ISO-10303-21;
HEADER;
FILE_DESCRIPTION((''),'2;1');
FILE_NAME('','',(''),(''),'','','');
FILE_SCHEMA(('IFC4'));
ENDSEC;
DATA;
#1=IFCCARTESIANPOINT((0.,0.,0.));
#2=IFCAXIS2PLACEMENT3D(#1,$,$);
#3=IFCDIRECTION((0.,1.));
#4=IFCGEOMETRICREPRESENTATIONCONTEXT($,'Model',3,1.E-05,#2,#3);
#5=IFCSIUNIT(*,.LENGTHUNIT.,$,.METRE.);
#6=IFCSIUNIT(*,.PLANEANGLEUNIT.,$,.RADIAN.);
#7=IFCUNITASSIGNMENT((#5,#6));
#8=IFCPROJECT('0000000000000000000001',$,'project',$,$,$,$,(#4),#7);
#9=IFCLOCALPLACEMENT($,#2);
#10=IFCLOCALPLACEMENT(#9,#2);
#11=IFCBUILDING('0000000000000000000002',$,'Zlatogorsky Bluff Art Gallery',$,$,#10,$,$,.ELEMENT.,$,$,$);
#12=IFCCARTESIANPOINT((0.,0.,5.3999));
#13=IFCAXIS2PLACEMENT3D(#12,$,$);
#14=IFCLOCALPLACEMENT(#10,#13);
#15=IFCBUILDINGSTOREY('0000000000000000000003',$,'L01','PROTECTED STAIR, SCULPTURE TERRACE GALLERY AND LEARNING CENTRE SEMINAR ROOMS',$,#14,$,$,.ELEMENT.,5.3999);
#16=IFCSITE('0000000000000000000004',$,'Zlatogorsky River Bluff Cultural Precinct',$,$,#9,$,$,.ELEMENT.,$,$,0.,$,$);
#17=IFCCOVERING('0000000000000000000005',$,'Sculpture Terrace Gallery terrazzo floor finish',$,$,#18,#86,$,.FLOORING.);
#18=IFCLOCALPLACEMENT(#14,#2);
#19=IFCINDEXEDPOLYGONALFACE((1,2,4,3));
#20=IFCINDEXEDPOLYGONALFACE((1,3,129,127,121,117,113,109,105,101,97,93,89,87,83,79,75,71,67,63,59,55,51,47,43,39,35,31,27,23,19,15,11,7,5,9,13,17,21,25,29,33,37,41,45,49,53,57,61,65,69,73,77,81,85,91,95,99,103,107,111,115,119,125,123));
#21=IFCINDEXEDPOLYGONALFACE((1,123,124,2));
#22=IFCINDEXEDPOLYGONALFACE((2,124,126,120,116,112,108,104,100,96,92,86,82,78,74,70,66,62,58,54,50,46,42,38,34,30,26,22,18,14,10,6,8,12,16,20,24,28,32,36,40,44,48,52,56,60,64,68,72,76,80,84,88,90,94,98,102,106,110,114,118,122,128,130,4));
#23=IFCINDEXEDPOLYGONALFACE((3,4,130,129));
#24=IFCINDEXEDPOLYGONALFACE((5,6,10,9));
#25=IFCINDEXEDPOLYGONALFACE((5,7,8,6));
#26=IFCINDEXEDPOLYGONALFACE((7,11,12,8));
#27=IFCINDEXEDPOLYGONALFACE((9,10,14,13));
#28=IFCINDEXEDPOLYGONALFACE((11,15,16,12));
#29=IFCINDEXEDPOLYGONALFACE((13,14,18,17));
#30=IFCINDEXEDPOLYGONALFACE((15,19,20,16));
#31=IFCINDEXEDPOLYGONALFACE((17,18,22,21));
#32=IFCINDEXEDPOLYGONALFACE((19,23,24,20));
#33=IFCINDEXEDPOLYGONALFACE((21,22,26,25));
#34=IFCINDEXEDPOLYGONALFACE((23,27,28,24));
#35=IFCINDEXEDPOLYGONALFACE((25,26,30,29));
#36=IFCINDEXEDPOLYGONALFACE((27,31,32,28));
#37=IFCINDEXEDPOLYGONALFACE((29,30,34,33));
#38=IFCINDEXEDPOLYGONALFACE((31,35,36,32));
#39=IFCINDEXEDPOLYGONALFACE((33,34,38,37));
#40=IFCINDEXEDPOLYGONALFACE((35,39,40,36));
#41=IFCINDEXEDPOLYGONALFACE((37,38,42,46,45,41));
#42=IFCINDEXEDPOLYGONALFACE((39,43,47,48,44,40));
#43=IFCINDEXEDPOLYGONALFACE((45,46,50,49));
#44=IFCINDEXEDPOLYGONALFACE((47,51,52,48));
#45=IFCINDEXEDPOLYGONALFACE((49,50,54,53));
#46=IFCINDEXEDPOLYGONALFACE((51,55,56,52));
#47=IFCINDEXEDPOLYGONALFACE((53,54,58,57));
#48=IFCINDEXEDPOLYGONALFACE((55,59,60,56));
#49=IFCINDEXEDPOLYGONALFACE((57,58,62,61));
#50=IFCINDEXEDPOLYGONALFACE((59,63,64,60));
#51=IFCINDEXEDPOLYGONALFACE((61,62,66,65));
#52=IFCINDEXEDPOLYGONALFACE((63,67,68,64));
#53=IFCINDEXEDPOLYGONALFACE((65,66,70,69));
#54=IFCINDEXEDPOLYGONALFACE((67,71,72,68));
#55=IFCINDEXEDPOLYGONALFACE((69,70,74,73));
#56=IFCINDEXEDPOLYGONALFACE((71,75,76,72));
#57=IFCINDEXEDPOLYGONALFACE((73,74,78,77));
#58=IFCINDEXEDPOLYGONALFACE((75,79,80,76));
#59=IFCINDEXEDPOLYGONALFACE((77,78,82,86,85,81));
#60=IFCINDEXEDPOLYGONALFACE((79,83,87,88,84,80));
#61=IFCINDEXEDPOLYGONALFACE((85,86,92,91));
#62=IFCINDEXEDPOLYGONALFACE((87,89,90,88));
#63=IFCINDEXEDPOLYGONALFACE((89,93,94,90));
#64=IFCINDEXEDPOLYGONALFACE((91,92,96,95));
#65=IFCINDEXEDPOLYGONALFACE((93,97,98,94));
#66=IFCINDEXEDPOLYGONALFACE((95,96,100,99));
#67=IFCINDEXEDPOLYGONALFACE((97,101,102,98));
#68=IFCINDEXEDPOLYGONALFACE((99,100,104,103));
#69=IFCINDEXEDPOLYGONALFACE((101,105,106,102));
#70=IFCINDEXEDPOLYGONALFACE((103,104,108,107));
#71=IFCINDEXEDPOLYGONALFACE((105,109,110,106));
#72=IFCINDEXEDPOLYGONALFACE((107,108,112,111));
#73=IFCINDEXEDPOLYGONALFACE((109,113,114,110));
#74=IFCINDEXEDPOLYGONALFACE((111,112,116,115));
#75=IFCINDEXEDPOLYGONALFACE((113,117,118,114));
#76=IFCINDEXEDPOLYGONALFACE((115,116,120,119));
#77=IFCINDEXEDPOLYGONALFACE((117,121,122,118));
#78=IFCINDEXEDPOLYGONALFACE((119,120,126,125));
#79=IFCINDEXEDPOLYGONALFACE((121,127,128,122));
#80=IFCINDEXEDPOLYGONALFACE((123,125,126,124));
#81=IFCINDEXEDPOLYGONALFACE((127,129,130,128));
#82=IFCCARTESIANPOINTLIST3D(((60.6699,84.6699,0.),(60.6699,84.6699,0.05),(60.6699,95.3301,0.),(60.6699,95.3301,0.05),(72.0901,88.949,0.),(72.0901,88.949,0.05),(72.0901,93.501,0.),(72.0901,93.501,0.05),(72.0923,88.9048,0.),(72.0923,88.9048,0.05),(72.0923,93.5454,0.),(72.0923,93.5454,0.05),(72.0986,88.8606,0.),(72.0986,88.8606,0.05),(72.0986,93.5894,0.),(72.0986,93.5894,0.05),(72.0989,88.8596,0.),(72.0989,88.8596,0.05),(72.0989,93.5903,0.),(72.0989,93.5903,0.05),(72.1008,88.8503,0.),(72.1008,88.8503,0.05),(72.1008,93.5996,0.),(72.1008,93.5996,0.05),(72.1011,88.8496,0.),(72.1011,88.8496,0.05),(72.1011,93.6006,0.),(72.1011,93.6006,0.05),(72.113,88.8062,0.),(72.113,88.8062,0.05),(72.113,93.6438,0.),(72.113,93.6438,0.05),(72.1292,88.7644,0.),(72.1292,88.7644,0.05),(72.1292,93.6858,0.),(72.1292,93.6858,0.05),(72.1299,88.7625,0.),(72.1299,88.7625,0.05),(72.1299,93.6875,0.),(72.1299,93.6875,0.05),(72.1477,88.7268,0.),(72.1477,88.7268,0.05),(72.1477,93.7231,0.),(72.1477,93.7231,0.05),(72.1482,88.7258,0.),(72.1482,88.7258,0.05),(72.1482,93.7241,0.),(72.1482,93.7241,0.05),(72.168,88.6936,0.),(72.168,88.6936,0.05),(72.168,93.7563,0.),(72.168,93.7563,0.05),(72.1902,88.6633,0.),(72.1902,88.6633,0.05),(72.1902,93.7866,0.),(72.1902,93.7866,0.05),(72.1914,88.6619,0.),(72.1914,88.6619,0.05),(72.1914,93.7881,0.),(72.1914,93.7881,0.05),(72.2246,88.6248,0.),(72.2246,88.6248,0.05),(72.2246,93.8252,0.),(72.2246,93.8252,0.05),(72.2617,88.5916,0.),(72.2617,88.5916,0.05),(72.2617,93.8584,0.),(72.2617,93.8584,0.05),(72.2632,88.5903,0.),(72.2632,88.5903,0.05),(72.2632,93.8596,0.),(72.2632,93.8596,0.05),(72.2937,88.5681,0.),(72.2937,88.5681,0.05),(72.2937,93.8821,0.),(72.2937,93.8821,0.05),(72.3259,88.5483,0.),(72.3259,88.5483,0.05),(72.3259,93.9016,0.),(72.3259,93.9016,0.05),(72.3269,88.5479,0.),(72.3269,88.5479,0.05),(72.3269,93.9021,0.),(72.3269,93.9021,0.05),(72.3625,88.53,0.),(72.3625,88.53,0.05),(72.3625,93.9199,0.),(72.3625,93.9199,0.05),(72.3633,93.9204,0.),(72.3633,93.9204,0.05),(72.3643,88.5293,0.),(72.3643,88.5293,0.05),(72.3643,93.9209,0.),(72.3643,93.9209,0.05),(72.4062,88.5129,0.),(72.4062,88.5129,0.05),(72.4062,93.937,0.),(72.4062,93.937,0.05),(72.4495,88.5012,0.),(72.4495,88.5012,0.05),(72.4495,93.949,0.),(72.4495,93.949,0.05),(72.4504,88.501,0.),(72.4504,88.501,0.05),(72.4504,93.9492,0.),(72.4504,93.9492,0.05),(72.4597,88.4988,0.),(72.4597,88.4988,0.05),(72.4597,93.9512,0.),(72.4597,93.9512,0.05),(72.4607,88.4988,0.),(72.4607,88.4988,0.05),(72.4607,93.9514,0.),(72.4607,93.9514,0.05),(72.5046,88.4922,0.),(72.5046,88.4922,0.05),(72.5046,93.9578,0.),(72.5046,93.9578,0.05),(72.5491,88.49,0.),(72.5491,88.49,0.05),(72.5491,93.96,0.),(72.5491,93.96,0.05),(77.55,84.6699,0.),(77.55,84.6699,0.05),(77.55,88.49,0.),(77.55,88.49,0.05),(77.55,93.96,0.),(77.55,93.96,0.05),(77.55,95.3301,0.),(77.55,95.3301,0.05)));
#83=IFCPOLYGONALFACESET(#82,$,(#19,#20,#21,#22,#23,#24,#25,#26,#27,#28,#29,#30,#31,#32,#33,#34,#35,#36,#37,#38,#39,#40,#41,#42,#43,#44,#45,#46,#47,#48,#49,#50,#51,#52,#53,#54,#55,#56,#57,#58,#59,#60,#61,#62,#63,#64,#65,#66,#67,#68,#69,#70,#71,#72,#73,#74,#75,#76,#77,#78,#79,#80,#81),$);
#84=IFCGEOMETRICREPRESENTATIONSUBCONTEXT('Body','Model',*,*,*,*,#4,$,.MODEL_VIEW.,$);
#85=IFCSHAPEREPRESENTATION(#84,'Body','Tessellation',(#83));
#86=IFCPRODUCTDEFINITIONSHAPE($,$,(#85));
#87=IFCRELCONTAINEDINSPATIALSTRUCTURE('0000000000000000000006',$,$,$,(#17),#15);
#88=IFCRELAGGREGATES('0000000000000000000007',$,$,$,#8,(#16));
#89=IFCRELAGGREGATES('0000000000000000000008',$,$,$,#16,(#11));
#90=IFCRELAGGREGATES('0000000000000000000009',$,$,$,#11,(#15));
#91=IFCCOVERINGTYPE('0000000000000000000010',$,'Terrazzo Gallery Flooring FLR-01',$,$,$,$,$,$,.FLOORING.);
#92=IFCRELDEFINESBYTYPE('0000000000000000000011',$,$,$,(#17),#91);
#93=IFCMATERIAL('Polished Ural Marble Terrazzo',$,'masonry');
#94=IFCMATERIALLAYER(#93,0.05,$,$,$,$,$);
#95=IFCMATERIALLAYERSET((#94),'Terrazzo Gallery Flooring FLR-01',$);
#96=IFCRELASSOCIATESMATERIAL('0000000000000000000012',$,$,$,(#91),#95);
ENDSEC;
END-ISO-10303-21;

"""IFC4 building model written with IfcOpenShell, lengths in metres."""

from ifc_helpers import new_model, si_unit, direction, frame, origin, place, context, subcontext, project, spatial, polyline, outline, extrude, material, layer, layer_set, type_object, element, save


model = new_model("IFC4")

# Units and contexts
model_context = context("Model", 3, precision=1e-05, world=origin(), true_north=direction((0.0, 1.0)))
body_context = subcontext(model_context, "Body", "Model", "MODEL_VIEW")
ifc_project = project(units=[si_unit("LENGTHUNIT", "METRE"), si_unit("PLANEANGLEUNIT", "RADIAN")], contexts=[model_context])

# Site, building, storey
site_placement = place(None, origin())
site = spatial("IfcSite", under=ifc_project, at=site_placement, Name="Zlatogorsky River Bluff Cultural Precinct", CompositionType="ELEMENT", RefElevation=0.0)
building_placement = place(site_placement, origin())
building = spatial("IfcBuilding", under=site, at=building_placement, Name="Zlatogorsky Bluff Art Gallery", CompositionType="ELEMENT")
storey_placement = place(building_placement, frame((0.0, 0.0, 5.3999)))
storey = spatial("IfcBuildingStorey", under=building, at=storey_placement, Name="L01", Description="PROTECTED STAIR, SCULPTURE TERRACE GALLERY AND LEARNING CENTRE SEMINAR ROOMS", CompositionType="ELEMENT", Elevation=5.3999)

# Covering
ifc_material_1 = material(Name="Polished Ural Marble Terrazzo", Category="masonry")
ifc_layer_1 = layer(ifc_material_1, 0.05)
ifc_layer_set_1 = layer_set([ifc_layer_1], Name="Terrazzo Gallery Flooring FLR-01")
covering_type_1 = type_object("IfcCoveringType", Name="Terrazzo Gallery Flooring FLR-01", PredefinedType="FLOORING", material=ifc_layer_set_1)
covering_1_placement = place(storey_placement, origin())
element("IfcCovering", 1, at=covering_1_placement, inside=storey, type_object=covering_type_1, Name="Sculpture Terrace Gallery terrazzo floor finish", PredefinedType="FLOORING", context=body_context, shape_type="SweptSolid", body=[
    extrude(outline(polyline([(77.55, 93.96), (72.5491, 93.96), (72.5046, 93.9578), (72.4607, 93.9514), (72.4597, 93.9512), (72.4504, 93.9492), (72.4495, 93.949), (72.4062, 93.937), (72.3643, 93.9209), (72.3633, 93.9204), (72.3625, 93.9199), (72.3269, 93.9021), (72.3259, 93.9016), (72.2937, 93.8821), (72.2632, 93.8596), (72.2617, 93.8584), (72.2246, 93.8252), (72.1914, 93.7881), (72.1902, 93.7866), (72.168, 93.7563), (72.1482, 93.7241), (72.1477, 93.7231), (72.1299, 93.6875), (72.1292, 93.6858), (72.113, 93.6438), (72.1011, 93.6006), (72.1008, 93.5996), (72.0989, 93.5903), (72.0986, 93.5894), (72.0923, 93.5454), (72.0901, 93.501), (72.0901, 88.949), (72.0923, 88.9048), (72.0986, 88.8606), (72.0989, 88.8596), (72.1008, 88.8503), (72.1011, 88.8496), (72.113, 88.8062), (72.1292, 88.7644), (72.1299, 88.7625), (72.1477, 88.7268), (72.1482, 88.7258), (72.168, 88.6936), (72.1902, 88.6633), (72.1914, 88.6619), (72.2246, 88.6248), (72.2617, 88.5916), (72.2632, 88.5903), (72.2937, 88.5681), (72.3259, 88.5483), (72.3269, 88.5479), (72.3625, 88.53), (72.3643, 88.5293), (72.4062, 88.5129), (72.4495, 88.5012), (72.4504, 88.501), (72.4597, 88.4988), (72.4607, 88.4988), (72.5046, 88.4922), (72.5491, 88.49), (77.55, 88.49), (77.55, 84.6699), (60.6699, 84.6699), (60.6699, 95.3301), (77.55, 95.3301), (77.55, 93.96)])), origin(), (0.0, 0.0, 1.0), 0.05),
])

save(model, "model.ifc")
